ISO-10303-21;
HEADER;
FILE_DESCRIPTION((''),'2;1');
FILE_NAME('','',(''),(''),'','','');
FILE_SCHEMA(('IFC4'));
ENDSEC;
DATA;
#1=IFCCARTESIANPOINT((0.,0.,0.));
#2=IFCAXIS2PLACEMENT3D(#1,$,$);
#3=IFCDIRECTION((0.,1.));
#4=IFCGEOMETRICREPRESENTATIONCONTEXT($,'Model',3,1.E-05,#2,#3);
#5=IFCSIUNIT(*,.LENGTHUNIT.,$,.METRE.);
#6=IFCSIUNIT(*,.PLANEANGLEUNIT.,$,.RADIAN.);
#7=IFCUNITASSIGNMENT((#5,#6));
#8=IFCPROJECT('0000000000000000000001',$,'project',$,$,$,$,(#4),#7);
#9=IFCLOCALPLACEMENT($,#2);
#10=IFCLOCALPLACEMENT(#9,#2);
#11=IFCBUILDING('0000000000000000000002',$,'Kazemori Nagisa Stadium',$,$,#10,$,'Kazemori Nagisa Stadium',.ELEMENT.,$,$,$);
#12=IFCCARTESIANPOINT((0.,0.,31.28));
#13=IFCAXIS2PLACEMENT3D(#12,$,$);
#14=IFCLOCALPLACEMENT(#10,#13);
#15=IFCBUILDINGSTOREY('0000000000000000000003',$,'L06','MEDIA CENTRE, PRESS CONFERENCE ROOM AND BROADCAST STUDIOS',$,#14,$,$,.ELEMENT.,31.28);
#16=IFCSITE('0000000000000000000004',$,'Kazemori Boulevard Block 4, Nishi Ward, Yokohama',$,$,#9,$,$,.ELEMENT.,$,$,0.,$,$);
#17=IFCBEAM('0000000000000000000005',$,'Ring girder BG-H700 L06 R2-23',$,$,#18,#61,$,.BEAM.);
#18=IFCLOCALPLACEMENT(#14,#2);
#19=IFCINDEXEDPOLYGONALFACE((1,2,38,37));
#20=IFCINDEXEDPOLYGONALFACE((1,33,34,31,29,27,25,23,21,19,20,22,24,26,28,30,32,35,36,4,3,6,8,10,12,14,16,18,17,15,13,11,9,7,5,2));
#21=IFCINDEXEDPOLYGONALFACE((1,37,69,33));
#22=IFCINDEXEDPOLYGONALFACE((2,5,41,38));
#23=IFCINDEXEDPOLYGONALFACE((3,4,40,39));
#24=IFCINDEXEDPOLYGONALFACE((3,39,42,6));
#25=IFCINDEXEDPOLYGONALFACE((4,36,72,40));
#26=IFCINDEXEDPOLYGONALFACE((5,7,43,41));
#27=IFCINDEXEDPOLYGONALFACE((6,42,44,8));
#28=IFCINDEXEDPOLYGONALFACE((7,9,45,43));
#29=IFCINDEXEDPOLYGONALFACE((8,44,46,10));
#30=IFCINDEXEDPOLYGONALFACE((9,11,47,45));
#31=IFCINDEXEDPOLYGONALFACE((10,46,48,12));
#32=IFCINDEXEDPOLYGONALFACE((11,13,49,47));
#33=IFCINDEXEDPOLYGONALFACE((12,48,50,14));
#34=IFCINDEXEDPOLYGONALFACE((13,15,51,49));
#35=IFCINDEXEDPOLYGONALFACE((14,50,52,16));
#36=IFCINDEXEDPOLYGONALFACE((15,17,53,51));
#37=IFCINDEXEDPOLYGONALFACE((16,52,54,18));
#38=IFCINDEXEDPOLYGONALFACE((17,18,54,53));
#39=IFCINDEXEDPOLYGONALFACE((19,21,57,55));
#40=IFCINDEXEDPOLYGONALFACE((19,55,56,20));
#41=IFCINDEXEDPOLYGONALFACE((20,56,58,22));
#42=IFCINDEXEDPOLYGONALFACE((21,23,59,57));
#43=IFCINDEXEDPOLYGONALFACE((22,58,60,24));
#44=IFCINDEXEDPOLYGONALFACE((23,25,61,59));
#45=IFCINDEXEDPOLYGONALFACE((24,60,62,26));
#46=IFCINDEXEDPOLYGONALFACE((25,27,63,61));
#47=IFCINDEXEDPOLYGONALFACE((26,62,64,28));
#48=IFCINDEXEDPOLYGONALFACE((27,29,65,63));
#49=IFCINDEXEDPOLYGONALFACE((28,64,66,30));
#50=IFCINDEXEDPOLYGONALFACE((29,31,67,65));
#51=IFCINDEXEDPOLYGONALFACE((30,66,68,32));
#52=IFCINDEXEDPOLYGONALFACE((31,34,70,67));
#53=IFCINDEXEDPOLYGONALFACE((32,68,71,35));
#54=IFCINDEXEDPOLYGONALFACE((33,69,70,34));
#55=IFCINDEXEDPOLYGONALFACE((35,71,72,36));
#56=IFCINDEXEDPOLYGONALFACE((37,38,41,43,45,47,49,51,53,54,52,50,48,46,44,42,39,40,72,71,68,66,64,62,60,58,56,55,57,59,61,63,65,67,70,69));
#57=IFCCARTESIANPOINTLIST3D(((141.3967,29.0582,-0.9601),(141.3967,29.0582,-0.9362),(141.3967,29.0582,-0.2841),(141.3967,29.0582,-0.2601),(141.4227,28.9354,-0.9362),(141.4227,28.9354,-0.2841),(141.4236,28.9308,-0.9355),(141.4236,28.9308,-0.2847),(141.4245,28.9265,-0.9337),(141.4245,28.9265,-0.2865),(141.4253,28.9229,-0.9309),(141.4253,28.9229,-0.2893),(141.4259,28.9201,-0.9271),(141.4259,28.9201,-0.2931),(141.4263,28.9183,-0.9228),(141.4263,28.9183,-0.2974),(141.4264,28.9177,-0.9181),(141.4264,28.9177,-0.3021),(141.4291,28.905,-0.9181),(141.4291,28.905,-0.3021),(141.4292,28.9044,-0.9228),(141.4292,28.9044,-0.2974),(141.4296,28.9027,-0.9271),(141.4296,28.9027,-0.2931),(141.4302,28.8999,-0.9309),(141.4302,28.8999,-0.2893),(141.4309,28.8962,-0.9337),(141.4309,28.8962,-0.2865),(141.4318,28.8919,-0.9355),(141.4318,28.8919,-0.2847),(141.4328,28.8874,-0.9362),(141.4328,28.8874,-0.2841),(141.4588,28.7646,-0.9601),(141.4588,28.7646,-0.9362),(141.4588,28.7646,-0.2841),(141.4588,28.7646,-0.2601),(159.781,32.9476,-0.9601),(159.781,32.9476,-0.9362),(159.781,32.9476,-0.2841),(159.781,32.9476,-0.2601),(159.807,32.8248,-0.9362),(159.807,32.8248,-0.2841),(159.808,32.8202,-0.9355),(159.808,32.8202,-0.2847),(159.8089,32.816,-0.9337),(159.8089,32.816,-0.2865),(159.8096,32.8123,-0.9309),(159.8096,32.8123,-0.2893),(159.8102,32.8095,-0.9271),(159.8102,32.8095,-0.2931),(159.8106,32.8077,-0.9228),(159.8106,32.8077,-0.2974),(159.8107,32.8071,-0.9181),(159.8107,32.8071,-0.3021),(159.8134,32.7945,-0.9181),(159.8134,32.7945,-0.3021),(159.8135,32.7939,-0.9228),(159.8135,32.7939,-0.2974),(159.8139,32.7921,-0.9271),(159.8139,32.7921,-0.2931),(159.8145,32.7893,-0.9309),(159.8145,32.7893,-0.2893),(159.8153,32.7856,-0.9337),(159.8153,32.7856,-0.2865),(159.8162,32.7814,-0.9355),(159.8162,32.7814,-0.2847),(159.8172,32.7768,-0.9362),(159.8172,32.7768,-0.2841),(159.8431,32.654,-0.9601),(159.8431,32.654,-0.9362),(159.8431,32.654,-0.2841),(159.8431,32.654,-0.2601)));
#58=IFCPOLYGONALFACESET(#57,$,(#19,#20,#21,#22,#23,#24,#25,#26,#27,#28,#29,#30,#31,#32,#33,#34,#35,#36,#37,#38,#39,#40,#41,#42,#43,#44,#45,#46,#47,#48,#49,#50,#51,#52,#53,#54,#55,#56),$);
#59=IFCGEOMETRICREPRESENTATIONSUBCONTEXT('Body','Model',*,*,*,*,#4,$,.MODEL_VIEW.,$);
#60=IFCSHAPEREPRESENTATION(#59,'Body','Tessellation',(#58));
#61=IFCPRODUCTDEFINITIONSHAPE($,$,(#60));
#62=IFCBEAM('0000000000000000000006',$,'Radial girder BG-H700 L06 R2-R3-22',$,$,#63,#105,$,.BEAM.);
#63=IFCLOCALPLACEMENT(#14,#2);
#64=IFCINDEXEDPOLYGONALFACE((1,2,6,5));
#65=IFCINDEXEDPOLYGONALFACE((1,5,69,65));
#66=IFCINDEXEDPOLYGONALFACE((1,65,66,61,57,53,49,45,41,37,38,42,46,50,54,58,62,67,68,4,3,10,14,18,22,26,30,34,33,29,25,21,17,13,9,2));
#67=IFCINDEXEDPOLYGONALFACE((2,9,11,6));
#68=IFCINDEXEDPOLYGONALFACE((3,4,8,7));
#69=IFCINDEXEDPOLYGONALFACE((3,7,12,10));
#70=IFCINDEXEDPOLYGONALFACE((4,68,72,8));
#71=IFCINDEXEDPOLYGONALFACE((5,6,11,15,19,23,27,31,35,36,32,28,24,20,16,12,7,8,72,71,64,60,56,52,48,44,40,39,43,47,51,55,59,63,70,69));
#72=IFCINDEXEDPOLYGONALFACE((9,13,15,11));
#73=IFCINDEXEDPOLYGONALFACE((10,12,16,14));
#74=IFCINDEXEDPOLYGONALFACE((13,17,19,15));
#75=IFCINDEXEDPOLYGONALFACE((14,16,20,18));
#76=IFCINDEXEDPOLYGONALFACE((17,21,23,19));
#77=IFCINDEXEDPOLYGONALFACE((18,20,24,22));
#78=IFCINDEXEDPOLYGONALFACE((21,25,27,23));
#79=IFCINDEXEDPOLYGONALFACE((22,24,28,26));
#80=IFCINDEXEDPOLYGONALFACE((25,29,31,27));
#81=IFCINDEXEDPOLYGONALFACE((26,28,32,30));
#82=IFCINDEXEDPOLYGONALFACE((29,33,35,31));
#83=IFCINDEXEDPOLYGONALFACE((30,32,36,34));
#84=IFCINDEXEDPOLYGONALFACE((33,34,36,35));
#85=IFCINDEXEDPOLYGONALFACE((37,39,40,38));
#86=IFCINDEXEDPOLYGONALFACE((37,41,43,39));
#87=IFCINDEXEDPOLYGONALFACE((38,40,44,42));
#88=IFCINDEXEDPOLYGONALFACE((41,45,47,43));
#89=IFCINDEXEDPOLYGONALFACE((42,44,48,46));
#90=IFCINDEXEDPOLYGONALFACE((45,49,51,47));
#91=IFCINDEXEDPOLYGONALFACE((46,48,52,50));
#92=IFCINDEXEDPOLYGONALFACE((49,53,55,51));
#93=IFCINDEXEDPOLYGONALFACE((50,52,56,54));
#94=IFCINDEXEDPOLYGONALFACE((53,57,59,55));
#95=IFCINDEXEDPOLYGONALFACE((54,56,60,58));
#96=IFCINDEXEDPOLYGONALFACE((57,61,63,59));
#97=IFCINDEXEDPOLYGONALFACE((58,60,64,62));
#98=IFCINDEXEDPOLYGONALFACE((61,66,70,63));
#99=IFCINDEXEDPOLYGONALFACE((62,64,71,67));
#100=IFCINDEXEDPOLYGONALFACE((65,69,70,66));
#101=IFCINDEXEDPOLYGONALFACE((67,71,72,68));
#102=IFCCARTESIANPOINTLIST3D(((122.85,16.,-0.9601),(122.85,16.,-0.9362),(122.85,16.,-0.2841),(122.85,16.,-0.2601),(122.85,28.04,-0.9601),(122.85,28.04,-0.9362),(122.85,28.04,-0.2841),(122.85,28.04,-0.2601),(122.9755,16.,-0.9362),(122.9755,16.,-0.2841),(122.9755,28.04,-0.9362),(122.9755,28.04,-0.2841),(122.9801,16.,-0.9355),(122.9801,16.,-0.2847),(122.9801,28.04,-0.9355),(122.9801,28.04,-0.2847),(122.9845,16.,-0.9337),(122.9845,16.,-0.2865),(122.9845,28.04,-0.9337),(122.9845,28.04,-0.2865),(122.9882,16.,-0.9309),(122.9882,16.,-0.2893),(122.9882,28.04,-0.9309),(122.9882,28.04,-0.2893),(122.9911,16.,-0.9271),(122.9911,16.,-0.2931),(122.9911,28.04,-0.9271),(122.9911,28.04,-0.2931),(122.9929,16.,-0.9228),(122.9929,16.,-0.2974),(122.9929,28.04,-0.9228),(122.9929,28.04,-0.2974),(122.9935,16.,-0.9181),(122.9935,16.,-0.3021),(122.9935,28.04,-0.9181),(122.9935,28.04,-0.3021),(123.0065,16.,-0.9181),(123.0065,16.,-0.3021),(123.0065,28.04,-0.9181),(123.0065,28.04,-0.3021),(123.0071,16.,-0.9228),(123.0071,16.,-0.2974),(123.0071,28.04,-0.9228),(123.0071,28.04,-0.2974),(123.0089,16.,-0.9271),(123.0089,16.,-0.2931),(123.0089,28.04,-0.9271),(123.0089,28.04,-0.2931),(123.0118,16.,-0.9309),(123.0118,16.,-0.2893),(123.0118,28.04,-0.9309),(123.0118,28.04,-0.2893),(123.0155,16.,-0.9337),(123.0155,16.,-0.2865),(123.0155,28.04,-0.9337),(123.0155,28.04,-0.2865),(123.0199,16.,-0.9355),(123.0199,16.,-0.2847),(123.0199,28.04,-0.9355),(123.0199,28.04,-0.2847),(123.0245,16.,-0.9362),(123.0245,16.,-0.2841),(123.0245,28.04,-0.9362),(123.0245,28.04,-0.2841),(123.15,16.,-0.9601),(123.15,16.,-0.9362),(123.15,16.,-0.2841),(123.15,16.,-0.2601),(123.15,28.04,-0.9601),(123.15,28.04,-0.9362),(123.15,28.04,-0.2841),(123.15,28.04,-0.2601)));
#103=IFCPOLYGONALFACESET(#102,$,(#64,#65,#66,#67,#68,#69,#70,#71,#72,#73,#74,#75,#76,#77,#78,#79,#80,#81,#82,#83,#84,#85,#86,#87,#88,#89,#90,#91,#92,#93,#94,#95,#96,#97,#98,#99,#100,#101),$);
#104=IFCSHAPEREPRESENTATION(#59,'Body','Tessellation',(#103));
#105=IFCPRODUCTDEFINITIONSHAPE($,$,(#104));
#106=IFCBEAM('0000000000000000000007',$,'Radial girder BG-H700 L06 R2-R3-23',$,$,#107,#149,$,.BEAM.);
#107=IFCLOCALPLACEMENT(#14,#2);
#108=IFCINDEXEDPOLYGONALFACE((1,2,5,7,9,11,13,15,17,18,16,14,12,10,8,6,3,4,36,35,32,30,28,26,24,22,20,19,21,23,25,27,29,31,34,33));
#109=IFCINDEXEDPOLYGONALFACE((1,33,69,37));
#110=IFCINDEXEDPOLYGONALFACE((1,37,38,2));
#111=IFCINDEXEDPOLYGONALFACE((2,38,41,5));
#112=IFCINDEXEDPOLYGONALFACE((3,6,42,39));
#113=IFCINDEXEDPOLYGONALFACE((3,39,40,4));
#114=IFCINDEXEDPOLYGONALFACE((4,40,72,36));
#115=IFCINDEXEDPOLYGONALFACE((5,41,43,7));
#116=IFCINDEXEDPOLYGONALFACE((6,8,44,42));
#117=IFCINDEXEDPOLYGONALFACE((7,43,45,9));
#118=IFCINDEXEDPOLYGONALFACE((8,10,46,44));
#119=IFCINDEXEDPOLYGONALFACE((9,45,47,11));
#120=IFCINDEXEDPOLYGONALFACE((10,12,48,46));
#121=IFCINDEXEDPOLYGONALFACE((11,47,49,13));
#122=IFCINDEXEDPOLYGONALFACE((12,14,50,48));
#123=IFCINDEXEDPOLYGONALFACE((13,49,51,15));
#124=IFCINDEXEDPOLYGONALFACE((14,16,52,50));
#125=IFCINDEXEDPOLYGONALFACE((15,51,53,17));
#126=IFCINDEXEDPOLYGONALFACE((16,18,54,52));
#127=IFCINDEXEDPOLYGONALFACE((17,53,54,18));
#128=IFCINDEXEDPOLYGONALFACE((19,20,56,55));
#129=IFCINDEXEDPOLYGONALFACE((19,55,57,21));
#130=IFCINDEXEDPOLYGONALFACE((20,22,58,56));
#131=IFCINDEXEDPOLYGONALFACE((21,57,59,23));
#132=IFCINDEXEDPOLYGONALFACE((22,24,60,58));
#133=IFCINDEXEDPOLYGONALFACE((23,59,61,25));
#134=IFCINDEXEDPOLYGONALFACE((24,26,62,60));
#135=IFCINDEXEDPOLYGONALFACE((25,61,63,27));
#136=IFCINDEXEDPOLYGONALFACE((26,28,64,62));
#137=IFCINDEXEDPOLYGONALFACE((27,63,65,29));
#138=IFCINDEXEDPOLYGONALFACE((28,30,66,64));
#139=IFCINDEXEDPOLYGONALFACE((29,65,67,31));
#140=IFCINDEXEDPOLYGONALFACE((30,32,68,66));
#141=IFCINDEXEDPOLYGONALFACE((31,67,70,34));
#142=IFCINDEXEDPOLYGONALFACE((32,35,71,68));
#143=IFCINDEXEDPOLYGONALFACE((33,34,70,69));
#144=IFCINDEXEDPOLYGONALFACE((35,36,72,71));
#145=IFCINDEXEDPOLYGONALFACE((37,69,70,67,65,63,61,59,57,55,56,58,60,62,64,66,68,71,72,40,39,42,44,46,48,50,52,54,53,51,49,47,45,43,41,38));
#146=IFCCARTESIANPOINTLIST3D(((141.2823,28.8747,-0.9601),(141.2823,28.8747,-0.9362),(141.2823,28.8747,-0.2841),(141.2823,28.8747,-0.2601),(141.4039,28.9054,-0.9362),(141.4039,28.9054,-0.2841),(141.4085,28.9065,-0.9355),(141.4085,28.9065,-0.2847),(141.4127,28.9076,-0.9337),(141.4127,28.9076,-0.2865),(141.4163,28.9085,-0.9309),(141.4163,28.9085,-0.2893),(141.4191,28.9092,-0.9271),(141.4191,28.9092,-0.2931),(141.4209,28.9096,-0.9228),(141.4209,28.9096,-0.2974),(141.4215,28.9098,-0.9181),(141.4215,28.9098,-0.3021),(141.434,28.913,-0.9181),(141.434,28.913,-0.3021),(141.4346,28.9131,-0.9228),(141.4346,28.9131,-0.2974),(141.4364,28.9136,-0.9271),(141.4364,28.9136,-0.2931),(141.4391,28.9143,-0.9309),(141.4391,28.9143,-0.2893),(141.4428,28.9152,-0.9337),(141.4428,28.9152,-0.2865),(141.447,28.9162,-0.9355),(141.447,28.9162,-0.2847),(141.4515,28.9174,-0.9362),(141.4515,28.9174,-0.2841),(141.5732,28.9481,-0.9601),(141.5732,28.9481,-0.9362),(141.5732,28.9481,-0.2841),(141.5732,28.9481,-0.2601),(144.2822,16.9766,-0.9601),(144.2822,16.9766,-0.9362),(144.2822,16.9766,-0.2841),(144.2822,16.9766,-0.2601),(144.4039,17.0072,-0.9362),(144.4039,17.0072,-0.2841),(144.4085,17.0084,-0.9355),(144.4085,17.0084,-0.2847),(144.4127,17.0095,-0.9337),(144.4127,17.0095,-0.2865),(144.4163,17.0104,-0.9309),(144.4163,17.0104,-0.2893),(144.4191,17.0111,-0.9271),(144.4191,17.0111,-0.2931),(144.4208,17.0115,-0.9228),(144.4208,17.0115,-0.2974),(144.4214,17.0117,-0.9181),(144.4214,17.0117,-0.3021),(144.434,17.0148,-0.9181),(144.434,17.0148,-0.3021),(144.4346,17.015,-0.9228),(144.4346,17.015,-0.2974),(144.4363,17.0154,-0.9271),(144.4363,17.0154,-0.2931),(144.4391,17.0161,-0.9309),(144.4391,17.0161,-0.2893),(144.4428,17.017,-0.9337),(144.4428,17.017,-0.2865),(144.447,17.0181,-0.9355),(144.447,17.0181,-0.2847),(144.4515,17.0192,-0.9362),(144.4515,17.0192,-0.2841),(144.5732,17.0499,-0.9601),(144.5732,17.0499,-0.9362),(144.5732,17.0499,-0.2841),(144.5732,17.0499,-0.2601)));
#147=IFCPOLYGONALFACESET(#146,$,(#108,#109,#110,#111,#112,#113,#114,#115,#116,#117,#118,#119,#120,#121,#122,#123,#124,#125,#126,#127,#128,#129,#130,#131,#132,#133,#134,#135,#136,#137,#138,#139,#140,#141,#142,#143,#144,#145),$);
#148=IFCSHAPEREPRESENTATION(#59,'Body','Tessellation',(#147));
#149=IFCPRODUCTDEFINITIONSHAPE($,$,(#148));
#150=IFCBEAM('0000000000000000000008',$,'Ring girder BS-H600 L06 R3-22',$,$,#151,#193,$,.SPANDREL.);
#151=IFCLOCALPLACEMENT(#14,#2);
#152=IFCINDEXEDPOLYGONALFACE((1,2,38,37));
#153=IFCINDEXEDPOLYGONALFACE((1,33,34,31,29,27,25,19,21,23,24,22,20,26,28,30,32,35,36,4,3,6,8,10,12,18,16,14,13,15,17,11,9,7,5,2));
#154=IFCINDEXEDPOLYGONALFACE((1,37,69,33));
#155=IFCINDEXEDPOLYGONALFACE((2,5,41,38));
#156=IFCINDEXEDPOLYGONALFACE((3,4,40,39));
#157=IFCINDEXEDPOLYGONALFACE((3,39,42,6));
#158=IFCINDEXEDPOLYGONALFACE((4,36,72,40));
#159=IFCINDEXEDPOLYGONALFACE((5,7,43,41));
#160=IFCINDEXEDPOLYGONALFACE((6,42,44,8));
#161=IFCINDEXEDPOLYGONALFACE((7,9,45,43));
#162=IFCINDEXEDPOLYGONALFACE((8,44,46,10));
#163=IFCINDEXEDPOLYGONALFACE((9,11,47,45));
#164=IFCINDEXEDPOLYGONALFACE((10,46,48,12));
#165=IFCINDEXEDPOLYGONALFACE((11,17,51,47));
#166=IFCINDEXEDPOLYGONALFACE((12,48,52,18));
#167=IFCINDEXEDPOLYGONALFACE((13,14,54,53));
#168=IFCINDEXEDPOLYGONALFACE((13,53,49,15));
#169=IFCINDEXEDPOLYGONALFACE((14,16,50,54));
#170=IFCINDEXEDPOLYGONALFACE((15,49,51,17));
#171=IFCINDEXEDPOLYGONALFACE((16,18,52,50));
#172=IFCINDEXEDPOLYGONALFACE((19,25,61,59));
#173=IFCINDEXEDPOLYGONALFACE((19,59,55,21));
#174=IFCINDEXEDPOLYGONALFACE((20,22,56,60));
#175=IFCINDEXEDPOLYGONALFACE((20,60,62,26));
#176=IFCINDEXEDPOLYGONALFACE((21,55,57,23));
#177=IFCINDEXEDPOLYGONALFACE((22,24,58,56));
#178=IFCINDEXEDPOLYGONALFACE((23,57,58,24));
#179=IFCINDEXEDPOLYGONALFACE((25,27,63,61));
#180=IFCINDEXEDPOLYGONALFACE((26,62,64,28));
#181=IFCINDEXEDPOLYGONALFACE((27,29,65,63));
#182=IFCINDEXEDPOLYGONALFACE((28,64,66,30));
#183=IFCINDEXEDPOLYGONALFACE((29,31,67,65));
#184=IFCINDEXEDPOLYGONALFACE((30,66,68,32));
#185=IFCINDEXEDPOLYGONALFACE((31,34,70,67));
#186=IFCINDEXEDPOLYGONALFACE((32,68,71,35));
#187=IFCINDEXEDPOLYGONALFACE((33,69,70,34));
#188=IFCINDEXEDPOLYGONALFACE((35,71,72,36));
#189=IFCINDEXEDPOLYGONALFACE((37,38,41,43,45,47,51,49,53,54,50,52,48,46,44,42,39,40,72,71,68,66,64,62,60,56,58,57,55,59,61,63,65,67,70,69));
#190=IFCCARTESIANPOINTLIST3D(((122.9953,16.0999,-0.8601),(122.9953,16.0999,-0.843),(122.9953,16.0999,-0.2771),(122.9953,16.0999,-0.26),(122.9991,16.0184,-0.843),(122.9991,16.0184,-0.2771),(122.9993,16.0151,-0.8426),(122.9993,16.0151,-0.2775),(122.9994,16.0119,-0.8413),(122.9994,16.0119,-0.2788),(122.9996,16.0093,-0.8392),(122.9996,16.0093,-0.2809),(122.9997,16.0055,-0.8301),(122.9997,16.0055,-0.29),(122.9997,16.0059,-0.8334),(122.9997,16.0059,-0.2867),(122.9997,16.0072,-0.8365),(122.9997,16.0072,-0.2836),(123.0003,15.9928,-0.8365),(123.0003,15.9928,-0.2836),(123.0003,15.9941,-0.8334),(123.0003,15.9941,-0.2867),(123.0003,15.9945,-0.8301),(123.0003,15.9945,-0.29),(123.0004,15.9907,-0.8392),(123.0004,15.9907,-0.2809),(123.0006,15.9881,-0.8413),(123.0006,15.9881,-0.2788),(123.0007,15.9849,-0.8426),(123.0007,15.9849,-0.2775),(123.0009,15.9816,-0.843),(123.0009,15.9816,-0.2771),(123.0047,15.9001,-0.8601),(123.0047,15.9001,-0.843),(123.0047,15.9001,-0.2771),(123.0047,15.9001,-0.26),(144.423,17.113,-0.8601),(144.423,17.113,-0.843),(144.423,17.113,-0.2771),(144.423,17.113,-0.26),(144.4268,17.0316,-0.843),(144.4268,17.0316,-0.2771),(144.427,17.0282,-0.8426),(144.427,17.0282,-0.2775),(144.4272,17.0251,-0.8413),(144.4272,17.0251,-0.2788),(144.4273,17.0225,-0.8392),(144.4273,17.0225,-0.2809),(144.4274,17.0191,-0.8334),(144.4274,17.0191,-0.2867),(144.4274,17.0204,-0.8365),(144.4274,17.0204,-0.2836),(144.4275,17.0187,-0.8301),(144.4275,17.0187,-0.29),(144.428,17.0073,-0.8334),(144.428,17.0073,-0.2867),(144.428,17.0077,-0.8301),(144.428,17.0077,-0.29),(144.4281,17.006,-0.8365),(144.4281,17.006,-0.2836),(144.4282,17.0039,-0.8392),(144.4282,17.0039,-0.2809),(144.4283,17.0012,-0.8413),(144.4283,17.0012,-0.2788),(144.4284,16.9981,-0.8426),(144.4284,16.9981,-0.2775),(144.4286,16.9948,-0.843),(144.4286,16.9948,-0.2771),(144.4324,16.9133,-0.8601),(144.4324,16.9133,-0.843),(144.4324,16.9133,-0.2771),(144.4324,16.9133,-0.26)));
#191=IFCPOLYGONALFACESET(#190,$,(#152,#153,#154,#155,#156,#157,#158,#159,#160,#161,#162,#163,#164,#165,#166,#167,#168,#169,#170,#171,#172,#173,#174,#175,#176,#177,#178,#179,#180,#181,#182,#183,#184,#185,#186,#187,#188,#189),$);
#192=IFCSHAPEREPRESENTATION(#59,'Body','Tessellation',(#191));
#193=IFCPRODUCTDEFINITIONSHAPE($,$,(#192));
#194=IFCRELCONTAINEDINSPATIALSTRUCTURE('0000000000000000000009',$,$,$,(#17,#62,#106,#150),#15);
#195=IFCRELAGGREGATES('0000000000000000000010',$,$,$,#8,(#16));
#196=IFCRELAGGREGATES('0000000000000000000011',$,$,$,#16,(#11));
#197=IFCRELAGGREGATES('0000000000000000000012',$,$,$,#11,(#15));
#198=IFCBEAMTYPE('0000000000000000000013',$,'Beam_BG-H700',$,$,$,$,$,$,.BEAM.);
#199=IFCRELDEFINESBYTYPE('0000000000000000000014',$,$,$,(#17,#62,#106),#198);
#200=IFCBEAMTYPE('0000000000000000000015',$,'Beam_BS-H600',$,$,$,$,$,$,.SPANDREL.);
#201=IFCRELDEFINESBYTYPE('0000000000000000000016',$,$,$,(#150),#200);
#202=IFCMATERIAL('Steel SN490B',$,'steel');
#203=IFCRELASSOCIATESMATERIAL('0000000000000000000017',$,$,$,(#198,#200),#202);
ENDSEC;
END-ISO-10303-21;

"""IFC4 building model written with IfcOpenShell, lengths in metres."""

from ifc_helpers import new_model, si_unit, direction, frame, origin, origin_2d, place, context, subcontext, project, spatial, i_section, extrude, material, material_profile, profile_set, type_object, element, save


model = new_model("IFC4")

# Units and contexts
model_context = context("Model", 3, precision=1e-05, world=origin(), true_north=direction((0.0, 1.0)))
body_context = subcontext(model_context, "Body", "Model", "MODEL_VIEW")
ifc_project = project(units=[si_unit("LENGTHUNIT", "METRE"), si_unit("PLANEANGLEUNIT", "RADIAN")], contexts=[model_context])

# Site, building, storey
site_placement = place(None, origin())
site = spatial("IfcSite", under=ifc_project, at=site_placement, Name="Kazemori Boulevard Block 4, Nishi Ward, Yokohama", CompositionType="ELEMENT", RefElevation=0.0)
building_placement = place(site_placement, origin())
building = spatial("IfcBuilding", under=site, at=building_placement, Name="Kazemori Nagisa Stadium", LongName="Kazemori Nagisa Stadium", CompositionType="ELEMENT")
storey_placement = place(building_placement, frame((0.0, 0.0, 31.28)))
storey = spatial("IfcBuildingStorey", under=building, at=storey_placement, Name="L06", Description="MEDIA CENTRE, PRESS CONFERENCE ROOM AND BROADCAST STUDIOS", CompositionType="ELEMENT", Elevation=31.28)

# Shared definitions
ifc_material_1 = material(Name="Steel SN490B", Category="steel")

# Beams
ifc_material_profile_1 = material_profile(ifc_material_1, i_section(OverallWidth=0.3, OverallDepth=0.7, WebThickness=0.0129, FlangeThickness=0.0239, FilletRadius=0.0181, at=origin_2d()), Name="H-700x300x13x24")
ifc_profile_set_1 = profile_set([ifc_material_profile_1], Name="Steel SN490B")
beam_type_1 = type_object("IfcBeamType", Name="Beam_BG-H700", PredefinedType="BEAM", material=ifc_profile_set_1)
beam_1_placement = place(storey_placement, frame((141.4277, 28.9114, -0.6101), z_axis=(0.978345, 0.20698, 0.0), x_axis=(-0.20698, 0.978345, 0.0)))
element("IfcBeam", 1, at=beam_1_placement, inside=storey, type_object=beam_type_1, Name="Ring girder BG-H700 L06 R2-23", PredefinedType="BEAM", context=body_context, shape_type="SweptSolid", body=[
    extrude(i_section(OverallWidth=0.3, OverallDepth=0.7, WebThickness=0.0129, FlangeThickness=0.0239, FilletRadius=0.0181, at=origin_2d()), origin(), (0.0, 0.0, 1.0), 18.7913),
])
beam_2_placement = place(storey_placement, frame((123.0, 28.04, -0.6101), z_axis=(0.0, -1.0, 0.0), x_axis=(1.0, 0.0, 0.0)))
element("IfcBeam", 2, at=beam_2_placement, inside=storey, type_object=beam_type_1, Name="Radial girder BG-H700 L06 R2-R3-22", PredefinedType="BEAM", context=body_context, shape_type="SweptSolid", body=[
    extrude(i_section(OverallWidth=0.3, OverallDepth=0.7, WebThickness=0.0129, FlangeThickness=0.0239, FilletRadius=0.0181, at=origin_2d()), origin(), (0.0, 0.0, 1.0), 12.04),
])
beam_3_placement = place(storey_placement, frame((141.4277, 28.9114, -0.6101), z_axis=(0.244487, -0.969652, 0.0), x_axis=(0.969652, 0.244487, 0.0)))
element("IfcBeam", 3, at=beam_3_placement, inside=storey, type_object=beam_type_1, Name="Radial girder BG-H700 L06 R2-R3-23", PredefinedType="BEAM", context=body_context, shape_type="SweptSolid", body=[
    extrude(i_section(OverallWidth=0.3, OverallDepth=0.7, WebThickness=0.0129, FlangeThickness=0.0239, FilletRadius=0.0181, at=origin_2d()), origin(), (0.0, 0.0, 1.0), 12.2705),
])
ifc_material_profile_2 = material_profile(ifc_material_1, i_section(OverallWidth=0.2, OverallDepth=0.6001, WebThickness=0.011, FlangeThickness=0.0171, FilletRadius=0.0129, at=origin_2d()), Name="H-600x200x11x17")
ifc_profile_set_2 = profile_set([ifc_material_profile_2], Name="Steel SN490B")
beam_type_2 = type_object("IfcBeamType", Name="Beam_BS-H600", PredefinedType="SPANDREL", material=ifc_profile_set_2)
beam_4_placement = place(storey_placement, frame((123.0, 16.0, -0.5601), z_axis=(0.998884, 0.047231, 0.0), x_axis=(-0.047231, 0.998884, 0.0)))
element("IfcBeam", 4, at=beam_4_placement, inside=storey, type_object=beam_type_2, Name="Ring girder BS-H600 L06 R3-22", PredefinedType="SPANDREL", context=body_context, shape_type="SweptSolid", body=[
    extrude(i_section(OverallWidth=0.2, OverallDepth=0.6001, WebThickness=0.011, FlangeThickness=0.0171, FilletRadius=0.0129, at=origin_2d()), origin(), (0.0, 0.0, 1.0), 21.4517),
])

save(model, "model.ifc")
